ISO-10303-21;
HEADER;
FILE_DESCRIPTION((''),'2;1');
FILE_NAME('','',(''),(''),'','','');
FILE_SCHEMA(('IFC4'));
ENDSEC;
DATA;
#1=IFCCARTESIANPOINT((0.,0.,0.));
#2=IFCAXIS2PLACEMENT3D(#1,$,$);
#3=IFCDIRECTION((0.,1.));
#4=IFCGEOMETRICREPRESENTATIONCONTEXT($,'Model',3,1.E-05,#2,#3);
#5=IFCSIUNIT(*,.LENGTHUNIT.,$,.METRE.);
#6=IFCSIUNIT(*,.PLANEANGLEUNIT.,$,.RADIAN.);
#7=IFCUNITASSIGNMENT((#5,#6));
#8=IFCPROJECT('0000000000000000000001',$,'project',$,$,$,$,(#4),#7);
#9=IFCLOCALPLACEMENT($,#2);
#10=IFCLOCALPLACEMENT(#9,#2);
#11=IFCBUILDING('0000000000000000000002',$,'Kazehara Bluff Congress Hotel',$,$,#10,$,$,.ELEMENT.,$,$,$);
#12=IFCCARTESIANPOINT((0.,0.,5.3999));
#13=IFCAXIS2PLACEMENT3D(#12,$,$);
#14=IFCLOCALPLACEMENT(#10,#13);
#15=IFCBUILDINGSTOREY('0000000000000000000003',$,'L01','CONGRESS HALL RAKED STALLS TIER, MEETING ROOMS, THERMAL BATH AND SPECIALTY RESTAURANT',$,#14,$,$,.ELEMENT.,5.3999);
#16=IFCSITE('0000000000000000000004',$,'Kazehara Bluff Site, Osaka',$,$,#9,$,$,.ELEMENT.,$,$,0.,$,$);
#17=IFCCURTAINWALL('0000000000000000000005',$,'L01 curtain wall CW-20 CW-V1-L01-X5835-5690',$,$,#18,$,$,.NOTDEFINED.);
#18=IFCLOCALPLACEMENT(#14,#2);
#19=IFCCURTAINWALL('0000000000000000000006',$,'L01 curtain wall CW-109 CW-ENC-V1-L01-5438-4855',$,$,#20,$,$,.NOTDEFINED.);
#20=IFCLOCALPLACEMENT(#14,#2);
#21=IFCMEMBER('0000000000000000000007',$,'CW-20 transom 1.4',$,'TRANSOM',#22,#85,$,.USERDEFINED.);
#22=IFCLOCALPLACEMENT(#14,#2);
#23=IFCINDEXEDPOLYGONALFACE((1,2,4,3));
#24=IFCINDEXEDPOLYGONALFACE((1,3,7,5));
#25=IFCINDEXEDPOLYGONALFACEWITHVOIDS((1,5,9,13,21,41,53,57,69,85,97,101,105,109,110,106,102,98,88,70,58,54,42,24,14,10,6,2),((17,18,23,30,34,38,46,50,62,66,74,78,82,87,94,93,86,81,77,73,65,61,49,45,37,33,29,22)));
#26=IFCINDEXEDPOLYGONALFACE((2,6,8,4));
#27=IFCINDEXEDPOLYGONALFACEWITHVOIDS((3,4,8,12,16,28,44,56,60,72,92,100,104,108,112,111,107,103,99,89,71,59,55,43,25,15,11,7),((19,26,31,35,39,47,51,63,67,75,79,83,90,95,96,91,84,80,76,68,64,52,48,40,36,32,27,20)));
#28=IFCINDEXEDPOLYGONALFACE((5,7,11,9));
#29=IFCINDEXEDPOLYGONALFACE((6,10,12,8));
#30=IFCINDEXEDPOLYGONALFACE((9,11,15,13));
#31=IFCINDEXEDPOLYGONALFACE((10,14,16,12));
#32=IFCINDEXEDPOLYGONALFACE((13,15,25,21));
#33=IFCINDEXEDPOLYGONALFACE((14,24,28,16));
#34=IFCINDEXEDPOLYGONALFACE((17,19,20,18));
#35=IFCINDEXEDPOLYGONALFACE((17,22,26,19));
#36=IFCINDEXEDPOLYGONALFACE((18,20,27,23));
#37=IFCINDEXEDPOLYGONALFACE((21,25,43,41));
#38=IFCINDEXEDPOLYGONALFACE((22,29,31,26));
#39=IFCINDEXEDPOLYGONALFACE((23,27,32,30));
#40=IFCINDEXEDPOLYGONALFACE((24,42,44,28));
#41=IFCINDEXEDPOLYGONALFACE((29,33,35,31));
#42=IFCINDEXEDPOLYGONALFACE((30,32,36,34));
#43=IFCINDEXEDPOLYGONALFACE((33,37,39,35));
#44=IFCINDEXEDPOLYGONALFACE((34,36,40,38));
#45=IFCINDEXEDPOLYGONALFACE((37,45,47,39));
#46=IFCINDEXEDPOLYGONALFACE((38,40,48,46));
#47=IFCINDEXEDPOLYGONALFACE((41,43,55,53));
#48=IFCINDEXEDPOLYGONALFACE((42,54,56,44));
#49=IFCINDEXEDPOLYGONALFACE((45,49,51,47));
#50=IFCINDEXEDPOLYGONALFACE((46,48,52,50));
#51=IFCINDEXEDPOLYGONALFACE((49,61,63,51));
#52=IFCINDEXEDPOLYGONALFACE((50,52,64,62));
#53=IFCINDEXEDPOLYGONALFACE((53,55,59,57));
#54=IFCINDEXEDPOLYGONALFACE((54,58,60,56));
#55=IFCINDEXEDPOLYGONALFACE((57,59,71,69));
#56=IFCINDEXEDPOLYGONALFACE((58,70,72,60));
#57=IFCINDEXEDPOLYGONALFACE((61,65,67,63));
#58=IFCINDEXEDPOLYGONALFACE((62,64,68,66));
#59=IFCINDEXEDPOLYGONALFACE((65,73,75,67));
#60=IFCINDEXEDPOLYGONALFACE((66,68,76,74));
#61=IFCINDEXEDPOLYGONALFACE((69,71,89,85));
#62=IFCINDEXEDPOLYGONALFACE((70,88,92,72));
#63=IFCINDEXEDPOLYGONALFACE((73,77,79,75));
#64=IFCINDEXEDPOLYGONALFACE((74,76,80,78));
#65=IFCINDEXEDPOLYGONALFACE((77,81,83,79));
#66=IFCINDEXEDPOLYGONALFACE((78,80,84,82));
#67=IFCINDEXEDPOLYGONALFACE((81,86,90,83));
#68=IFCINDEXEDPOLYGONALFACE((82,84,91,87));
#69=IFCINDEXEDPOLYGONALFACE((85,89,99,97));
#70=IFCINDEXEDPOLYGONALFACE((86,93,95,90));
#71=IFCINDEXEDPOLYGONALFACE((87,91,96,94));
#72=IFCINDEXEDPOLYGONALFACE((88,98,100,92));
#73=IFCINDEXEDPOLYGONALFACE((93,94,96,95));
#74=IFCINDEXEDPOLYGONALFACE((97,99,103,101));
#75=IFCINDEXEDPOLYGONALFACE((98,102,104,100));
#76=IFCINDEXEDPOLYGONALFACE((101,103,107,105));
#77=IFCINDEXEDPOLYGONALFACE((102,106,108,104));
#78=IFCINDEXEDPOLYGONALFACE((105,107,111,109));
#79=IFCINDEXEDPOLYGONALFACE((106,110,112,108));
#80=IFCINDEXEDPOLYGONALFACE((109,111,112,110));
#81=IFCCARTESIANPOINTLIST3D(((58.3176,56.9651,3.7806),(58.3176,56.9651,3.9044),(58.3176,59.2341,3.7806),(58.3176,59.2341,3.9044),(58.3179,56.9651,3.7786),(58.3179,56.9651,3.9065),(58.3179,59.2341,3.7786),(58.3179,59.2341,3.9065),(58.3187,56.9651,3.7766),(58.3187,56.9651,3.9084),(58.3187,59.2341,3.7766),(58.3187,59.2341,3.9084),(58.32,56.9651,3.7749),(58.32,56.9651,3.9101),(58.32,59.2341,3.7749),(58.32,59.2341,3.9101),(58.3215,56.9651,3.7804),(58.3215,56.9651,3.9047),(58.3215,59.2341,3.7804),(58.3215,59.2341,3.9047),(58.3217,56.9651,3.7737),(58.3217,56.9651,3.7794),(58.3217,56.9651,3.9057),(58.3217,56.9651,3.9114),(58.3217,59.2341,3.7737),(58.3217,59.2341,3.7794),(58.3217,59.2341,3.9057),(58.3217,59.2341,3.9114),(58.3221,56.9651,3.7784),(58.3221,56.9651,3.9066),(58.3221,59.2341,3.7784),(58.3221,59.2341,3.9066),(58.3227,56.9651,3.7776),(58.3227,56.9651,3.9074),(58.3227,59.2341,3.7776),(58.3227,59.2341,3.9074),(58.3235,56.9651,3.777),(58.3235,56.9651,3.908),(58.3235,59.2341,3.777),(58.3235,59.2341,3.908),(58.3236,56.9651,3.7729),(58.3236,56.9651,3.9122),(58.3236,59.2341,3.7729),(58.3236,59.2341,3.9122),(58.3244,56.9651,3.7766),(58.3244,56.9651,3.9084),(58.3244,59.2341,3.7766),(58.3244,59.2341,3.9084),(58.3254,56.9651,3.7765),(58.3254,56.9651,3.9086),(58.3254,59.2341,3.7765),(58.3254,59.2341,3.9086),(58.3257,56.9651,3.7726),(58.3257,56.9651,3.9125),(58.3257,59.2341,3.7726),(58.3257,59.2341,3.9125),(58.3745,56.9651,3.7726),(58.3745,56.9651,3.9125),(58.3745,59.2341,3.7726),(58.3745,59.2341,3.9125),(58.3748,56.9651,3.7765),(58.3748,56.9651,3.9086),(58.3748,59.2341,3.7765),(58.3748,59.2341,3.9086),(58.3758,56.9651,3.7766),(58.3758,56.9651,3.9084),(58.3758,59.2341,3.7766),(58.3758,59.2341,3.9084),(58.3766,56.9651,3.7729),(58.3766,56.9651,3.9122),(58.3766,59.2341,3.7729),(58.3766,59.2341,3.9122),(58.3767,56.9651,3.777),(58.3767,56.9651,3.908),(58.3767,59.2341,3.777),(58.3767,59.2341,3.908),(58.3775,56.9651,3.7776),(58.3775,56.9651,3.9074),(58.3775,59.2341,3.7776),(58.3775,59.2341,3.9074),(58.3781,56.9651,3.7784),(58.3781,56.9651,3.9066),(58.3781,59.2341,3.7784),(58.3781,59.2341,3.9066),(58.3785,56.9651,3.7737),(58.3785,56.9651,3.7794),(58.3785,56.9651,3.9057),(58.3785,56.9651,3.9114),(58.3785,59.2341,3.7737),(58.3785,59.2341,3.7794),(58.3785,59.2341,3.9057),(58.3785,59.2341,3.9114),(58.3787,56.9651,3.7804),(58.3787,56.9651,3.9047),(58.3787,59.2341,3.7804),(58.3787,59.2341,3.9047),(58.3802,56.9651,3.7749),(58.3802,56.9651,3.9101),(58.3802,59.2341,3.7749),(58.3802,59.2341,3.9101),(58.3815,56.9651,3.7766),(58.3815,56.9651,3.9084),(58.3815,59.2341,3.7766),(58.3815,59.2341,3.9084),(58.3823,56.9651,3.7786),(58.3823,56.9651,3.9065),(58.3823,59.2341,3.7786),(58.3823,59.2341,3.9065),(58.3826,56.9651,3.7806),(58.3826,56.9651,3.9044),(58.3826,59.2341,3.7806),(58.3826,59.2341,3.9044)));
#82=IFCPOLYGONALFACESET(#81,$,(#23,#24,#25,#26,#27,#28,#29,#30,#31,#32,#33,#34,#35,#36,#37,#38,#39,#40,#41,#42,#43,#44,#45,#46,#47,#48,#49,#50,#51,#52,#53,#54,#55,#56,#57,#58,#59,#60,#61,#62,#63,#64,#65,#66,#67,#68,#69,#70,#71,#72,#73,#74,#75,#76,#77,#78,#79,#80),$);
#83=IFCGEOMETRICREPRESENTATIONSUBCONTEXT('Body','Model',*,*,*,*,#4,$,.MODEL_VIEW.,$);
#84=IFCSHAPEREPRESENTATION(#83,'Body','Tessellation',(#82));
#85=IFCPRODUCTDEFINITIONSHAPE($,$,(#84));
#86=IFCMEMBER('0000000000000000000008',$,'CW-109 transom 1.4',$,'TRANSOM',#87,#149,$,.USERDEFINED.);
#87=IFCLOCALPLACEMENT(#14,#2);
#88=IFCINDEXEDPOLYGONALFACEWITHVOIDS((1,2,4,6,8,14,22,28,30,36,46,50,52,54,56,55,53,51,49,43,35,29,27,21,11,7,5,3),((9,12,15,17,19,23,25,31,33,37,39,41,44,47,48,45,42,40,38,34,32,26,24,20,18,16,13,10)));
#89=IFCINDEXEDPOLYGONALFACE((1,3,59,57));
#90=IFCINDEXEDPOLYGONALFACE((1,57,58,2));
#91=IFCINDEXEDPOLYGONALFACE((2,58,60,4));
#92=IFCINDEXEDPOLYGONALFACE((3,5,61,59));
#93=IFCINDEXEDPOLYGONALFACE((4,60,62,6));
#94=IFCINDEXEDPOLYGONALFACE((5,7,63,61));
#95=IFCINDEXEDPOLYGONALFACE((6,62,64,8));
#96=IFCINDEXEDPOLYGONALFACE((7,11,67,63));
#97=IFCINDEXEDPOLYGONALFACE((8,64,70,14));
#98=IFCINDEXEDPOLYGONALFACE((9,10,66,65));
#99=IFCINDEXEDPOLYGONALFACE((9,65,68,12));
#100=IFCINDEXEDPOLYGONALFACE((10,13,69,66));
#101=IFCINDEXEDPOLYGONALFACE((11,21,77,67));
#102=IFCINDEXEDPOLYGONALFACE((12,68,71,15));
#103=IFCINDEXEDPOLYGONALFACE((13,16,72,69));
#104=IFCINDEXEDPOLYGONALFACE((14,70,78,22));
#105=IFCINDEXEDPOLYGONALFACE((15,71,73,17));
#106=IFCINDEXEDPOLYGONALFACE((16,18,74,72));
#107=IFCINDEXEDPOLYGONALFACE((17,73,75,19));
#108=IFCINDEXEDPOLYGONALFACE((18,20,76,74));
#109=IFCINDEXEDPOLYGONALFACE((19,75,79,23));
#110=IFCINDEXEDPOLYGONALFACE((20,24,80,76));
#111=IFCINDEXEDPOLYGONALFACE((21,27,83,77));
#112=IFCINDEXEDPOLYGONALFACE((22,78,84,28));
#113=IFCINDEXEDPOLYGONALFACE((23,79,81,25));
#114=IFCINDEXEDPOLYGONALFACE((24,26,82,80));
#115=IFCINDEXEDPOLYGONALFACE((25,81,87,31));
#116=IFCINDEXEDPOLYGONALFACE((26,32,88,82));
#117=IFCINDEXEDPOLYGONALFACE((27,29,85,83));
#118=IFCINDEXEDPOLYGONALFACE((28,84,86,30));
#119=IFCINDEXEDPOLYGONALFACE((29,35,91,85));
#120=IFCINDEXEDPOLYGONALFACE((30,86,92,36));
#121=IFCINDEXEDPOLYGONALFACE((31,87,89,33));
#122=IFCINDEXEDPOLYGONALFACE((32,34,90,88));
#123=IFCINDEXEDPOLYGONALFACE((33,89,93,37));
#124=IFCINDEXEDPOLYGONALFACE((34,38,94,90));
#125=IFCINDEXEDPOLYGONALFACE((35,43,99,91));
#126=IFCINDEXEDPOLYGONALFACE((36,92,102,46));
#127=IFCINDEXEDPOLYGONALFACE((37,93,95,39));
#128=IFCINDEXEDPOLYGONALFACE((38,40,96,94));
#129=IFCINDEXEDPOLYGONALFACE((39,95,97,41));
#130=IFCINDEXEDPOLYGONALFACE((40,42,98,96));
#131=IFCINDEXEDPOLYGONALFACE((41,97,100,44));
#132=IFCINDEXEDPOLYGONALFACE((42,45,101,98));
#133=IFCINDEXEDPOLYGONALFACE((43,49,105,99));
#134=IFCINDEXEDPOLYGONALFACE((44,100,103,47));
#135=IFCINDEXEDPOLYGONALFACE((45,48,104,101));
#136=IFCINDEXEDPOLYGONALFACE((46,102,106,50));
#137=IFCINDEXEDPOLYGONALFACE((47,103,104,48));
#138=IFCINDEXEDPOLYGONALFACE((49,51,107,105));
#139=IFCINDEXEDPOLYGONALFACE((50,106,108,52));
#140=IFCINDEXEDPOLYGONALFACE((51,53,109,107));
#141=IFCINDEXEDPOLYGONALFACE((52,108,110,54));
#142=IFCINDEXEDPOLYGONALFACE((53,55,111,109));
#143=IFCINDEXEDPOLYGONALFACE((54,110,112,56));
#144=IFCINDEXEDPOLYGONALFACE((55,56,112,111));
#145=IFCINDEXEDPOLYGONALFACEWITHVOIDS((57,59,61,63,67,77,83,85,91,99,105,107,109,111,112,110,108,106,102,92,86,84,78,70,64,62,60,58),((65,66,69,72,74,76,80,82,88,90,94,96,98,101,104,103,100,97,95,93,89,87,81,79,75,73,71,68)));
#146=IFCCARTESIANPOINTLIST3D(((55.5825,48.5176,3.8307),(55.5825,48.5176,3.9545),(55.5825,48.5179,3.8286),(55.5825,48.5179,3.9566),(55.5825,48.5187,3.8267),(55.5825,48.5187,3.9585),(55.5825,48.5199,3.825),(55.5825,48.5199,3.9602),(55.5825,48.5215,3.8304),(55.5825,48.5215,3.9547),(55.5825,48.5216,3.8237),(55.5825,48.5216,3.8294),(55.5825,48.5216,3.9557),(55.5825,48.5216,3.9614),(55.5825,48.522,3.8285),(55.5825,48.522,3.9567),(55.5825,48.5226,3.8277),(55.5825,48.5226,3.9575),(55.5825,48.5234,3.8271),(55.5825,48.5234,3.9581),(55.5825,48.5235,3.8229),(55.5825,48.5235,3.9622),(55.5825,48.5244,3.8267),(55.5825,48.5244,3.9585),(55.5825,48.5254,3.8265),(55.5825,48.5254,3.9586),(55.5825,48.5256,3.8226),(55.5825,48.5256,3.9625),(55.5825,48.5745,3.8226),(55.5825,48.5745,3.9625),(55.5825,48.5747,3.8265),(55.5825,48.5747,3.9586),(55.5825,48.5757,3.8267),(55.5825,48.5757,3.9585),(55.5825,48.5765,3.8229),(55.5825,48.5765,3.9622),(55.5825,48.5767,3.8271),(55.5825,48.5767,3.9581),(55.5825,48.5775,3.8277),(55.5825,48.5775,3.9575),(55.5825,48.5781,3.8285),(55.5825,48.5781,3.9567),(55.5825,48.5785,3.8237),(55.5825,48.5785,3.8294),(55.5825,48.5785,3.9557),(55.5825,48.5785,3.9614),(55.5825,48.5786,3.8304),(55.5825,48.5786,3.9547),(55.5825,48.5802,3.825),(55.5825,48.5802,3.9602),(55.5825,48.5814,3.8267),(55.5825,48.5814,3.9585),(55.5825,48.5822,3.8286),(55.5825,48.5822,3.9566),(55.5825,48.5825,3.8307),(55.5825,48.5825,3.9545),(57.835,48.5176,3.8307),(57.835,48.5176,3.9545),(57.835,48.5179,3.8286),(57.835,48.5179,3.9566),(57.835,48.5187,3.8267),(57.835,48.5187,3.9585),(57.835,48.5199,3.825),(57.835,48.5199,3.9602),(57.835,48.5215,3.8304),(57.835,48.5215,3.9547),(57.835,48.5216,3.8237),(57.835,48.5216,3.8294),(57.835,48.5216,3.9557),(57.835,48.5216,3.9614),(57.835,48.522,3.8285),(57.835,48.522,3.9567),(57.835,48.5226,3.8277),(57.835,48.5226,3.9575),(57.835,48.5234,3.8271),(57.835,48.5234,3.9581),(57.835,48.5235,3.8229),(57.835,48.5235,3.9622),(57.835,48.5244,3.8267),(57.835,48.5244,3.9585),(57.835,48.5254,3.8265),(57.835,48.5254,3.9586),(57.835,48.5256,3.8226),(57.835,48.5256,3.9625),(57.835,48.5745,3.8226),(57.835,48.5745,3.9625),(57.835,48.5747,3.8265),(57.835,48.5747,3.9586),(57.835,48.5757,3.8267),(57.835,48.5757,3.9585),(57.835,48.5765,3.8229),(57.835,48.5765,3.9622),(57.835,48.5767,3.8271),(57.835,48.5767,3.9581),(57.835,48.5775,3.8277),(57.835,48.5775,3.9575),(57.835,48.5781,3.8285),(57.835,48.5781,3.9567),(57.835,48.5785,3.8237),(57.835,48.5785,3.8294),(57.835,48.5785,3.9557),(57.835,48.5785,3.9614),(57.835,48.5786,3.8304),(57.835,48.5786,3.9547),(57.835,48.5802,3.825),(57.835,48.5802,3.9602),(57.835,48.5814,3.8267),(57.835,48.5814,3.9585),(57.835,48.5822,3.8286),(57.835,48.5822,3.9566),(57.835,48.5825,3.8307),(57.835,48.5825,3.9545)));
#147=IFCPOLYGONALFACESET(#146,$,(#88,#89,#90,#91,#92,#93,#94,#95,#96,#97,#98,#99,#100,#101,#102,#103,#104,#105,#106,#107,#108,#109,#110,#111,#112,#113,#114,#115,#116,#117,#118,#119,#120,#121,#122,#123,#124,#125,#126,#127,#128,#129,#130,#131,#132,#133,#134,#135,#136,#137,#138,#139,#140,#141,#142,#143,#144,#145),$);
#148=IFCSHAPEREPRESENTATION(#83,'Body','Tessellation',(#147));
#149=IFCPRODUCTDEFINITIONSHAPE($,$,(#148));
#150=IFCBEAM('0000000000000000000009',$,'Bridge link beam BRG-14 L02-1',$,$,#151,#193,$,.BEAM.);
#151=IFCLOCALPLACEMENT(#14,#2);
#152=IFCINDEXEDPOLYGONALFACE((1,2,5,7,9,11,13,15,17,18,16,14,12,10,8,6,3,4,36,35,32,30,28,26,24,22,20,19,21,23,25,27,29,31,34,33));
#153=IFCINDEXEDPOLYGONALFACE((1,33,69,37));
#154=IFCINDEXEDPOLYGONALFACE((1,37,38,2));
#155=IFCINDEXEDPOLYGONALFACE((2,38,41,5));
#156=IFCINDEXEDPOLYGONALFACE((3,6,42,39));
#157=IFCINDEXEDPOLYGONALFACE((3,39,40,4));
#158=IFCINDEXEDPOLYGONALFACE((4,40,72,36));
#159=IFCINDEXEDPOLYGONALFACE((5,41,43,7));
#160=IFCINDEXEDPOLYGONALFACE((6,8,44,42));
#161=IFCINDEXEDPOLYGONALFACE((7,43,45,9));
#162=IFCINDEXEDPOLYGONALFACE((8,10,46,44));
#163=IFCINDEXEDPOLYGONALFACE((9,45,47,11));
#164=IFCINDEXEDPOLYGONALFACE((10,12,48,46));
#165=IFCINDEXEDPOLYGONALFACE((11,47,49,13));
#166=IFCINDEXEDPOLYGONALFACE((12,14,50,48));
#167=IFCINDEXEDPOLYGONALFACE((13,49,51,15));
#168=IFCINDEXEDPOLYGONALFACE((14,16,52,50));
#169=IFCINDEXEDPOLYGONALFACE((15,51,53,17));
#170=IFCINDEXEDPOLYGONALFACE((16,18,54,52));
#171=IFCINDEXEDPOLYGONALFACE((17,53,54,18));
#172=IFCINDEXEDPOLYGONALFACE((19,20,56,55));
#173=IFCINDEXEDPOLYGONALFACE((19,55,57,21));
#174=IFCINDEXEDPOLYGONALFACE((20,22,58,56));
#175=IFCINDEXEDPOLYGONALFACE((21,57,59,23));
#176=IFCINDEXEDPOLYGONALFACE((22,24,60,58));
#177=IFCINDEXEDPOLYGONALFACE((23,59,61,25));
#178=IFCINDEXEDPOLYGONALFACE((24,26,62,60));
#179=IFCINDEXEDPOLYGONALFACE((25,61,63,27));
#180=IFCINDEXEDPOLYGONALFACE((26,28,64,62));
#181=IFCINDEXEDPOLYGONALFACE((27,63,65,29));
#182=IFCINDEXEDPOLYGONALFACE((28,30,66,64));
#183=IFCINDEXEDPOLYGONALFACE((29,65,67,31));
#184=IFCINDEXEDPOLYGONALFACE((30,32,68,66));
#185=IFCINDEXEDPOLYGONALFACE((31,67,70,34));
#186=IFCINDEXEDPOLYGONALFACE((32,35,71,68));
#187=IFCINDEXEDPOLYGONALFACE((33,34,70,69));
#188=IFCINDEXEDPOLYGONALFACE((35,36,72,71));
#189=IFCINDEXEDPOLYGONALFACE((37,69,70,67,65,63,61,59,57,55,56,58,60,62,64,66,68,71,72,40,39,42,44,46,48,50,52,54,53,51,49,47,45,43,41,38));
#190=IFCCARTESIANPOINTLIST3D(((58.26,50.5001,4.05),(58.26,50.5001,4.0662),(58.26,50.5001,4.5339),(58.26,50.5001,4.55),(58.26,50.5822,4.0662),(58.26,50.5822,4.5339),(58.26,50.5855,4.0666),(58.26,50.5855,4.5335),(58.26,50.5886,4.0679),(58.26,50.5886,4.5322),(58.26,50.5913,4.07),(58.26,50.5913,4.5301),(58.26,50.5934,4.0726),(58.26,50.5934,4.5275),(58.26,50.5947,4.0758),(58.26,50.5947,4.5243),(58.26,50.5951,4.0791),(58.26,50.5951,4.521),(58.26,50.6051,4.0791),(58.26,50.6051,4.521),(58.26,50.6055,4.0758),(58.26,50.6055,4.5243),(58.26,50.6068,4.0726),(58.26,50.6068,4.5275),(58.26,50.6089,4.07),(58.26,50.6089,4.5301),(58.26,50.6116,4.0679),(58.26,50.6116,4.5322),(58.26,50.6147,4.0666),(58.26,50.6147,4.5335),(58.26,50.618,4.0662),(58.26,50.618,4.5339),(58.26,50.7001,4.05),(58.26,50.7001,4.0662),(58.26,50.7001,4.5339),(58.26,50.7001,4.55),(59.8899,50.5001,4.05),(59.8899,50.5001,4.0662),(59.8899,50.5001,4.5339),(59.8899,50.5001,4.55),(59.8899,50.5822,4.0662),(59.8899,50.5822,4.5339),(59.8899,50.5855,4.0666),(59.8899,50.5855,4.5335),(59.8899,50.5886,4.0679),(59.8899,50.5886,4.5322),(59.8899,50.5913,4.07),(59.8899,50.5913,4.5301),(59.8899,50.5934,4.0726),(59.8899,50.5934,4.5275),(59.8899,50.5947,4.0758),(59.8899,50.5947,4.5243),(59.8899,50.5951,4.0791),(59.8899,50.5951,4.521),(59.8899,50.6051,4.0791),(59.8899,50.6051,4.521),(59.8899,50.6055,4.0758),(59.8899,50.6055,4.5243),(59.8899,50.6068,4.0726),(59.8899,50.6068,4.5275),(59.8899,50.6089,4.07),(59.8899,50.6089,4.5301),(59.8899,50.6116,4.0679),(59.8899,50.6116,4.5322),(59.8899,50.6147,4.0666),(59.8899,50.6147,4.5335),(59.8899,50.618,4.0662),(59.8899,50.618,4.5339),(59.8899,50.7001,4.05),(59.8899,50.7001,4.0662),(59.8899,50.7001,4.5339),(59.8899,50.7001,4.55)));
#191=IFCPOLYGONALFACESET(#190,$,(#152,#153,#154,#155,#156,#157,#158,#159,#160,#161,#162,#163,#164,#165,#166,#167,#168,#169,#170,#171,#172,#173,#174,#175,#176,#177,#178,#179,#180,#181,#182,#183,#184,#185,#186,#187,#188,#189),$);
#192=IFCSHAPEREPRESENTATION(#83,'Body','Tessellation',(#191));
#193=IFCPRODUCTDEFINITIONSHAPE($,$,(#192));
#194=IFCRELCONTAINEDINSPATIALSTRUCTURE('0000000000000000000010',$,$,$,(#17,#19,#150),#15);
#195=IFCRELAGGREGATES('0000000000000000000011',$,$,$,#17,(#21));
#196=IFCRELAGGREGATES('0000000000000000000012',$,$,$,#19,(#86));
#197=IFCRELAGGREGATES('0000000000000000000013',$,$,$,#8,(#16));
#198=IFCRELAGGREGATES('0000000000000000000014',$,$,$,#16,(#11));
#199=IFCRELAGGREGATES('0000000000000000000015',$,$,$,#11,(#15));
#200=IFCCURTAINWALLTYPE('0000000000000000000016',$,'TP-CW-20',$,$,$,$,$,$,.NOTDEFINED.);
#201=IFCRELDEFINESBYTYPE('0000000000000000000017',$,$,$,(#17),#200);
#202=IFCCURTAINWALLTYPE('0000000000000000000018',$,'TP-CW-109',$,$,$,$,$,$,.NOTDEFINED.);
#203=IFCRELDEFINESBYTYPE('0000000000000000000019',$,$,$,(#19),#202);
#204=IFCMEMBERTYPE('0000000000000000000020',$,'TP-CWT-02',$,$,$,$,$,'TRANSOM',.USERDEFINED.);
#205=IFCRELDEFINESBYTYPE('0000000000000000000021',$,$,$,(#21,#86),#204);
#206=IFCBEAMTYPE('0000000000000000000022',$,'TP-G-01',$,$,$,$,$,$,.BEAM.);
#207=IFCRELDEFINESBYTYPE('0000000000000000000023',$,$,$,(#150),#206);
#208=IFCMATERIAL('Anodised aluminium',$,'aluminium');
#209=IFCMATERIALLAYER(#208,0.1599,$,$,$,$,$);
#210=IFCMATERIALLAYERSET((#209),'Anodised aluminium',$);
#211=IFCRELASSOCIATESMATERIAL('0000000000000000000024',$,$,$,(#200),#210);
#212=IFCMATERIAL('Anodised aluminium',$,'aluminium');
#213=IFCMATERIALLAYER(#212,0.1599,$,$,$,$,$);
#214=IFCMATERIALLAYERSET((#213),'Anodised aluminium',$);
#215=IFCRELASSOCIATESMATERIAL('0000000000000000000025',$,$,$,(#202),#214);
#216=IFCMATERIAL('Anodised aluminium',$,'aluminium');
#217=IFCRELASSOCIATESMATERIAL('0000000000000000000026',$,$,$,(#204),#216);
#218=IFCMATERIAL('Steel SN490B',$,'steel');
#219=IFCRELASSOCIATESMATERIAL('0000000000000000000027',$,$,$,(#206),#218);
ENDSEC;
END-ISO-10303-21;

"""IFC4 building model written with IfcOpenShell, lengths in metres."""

from ifc_helpers import new_model, si_unit, direction, frame, origin, origin_2d, place, context, subcontext, project, spatial, hollow_rectangle, i_section, extrude, material, layer, layer_set, material_profile, profile_set, type_object, element, aggregate, save


model = new_model("IFC4")

# Units and contexts
model_context = context("Model", 3, precision=1e-05, world=origin(), true_north=direction((0.0, 1.0)))
body_context = subcontext(model_context, "Body", "Model", "MODEL_VIEW")
ifc_project = project(units=[si_unit("LENGTHUNIT", "METRE"), si_unit("PLANEANGLEUNIT", "RADIAN")], contexts=[model_context])

# Site, building, storey
site_placement = place(None, origin())
site = spatial("IfcSite", under=ifc_project, at=site_placement, Name="Kazehara Bluff Site, Osaka", CompositionType="ELEMENT", RefElevation=0.0)
building_placement = place(site_placement, origin())
building = spatial("IfcBuilding", under=site, at=building_placement, Name="Kazehara Bluff Congress Hotel", CompositionType="ELEMENT")
storey_placement = place(building_placement, frame((0.0, 0.0, 5.3999)))
storey = spatial("IfcBuildingStorey", under=building, at=storey_placement, Name="L01", Description="CONGRESS HALL RAKED STALLS TIER, MEETING ROOMS, THERMAL BATH AND SPECIALTY RESTAURANT", CompositionType="ELEMENT", Elevation=5.3999)

# Curtain walls
ifc_material_1 = material(Name="Anodised aluminium", Category="aluminium")
ifc_layer_1 = layer(ifc_material_1, 0.1599)
ifc_layer_set_1 = layer_set([ifc_layer_1], Name="Anodised aluminium")
curtain_wall_type_1 = type_object("IfcCurtainWallType", Name="TP-CW-20", PredefinedType="NOTDEFINED", material=ifc_layer_set_1)
curtain_wall_1_placement = place(storey_placement, origin())
curtain_wall_1 = element("IfcCurtainWall", 1, at=curtain_wall_1_placement, inside=storey, type_object=curtain_wall_type_1, Name="L01 curtain wall CW-20 CW-V1-L01-X5835-5690", PredefinedType="NOTDEFINED")
ifc_material_2 = material(Name="Anodised aluminium", Category="aluminium")
ifc_layer_2 = layer(ifc_material_2, 0.1599)
ifc_layer_set_2 = layer_set([ifc_layer_2], Name="Anodised aluminium")
curtain_wall_type_2 = type_object("IfcCurtainWallType", Name="TP-CW-109", PredefinedType="NOTDEFINED", material=ifc_layer_set_2)
curtain_wall_2_placement = place(storey_placement, origin())
curtain_wall_2 = element("IfcCurtainWall", 2, at=curtain_wall_2_placement, inside=storey, type_object=curtain_wall_type_2, Name="L01 curtain wall CW-109 CW-ENC-V1-L01-5438-4855", PredefinedType="NOTDEFINED")

# Members
ifc_material_3 = material(Name="Anodised aluminium", Category="aluminium")
ifc_material_profile_1 = material_profile(ifc_material_3, hollow_rectangle(XDim=0.0649, YDim=0.1399, WallThickness=0.0039, InnerFilletRadius=0.0039, OuterFilletRadius=0.0081, at=origin_2d()))
ifc_profile_set_1 = profile_set([ifc_material_profile_1], Name="Anodised aluminium")
member_type_1 = type_object("IfcMemberType", Name="TP-CWT-02", ElementType="TRANSOM", PredefinedType="USERDEFINED", material=ifc_profile_set_1)
member_1_placement = place(storey_placement, frame((58.3501, 56.9651, 3.8425), z_axis=(0.0, 1.0, 0.0), x_axis=(-1.0, 0.0, 0.0)))
member_1 = element("IfcMember", 3, at=member_1_placement, type_object=member_type_1, Name="CW-20 transom 1.4", ObjectType="TRANSOM", PredefinedType="USERDEFINED", context=body_context, shape_type="SweptSolid", body=[
    extrude(hollow_rectangle(XDim=0.0649, YDim=0.1399, WallThickness=0.0039, InnerFilletRadius=0.0039, OuterFilletRadius=0.0081, at=origin_2d()), origin(), (0.0, 0.0, 1.0), 2.269),
])
aggregate(curtain_wall_1, [member_1])
member_2_placement = place(storey_placement, frame((57.835, 48.55, 3.8926), z_axis=(-1.0, 0.0, 0.0), x_axis=(0.0, -1.0, 0.0)))
member_2 = element("IfcMember", 4, at=member_2_placement, type_object=member_type_1, Name="CW-109 transom 1.4", ObjectType="TRANSOM", PredefinedType="USERDEFINED", context=body_context, shape_type="SweptSolid", body=[
    extrude(hollow_rectangle(XDim=0.0649, YDim=0.1399, WallThickness=0.0039, InnerFilletRadius=0.0039, OuterFilletRadius=0.0081, at=origin_2d()), origin(), (0.0, 0.0, 1.0), 2.2524),
])
aggregate(curtain_wall_2, [member_2])

# Beam
ifc_material_4 = material(Name="Steel SN490B", Category="steel")
ifc_material_profile_2 = material_profile(ifc_material_4, i_section(OverallWidth=0.2, OverallDepth=0.5, WebThickness=0.01, FlangeThickness=0.0161, FilletRadius=0.0129, at=origin_2d()))
ifc_profile_set_2 = profile_set([ifc_material_profile_2], Name="Steel SN490B")
beam_type_1 = type_object("IfcBeamType", Name="TP-G-01", PredefinedType="BEAM", material=ifc_profile_set_2)
for number, where, z_axis, x_axis, name in (
    (5, (58.26, 50.6001, 4.3), (1.0, 0.0, 0.0), (0.0, 1.0, 0.0), "Bridge link beam BRG-14 L02-1"),
):
    element("IfcBeam", number, at=place(storey_placement, frame(where, z_axis=z_axis, x_axis=x_axis)), inside=storey, type_object=beam_type_1, Name=name, PredefinedType="BEAM", context=body_context, shape_type="SweptSolid", body=[
        extrude(i_section(OverallWidth=0.2, OverallDepth=0.5, WebThickness=0.01, FlangeThickness=0.0161, FilletRadius=0.0129, at=origin_2d()), origin(), (0.0, 0.0, 1.0), 1.6299),
    ])

save(model, "model.ifc")
